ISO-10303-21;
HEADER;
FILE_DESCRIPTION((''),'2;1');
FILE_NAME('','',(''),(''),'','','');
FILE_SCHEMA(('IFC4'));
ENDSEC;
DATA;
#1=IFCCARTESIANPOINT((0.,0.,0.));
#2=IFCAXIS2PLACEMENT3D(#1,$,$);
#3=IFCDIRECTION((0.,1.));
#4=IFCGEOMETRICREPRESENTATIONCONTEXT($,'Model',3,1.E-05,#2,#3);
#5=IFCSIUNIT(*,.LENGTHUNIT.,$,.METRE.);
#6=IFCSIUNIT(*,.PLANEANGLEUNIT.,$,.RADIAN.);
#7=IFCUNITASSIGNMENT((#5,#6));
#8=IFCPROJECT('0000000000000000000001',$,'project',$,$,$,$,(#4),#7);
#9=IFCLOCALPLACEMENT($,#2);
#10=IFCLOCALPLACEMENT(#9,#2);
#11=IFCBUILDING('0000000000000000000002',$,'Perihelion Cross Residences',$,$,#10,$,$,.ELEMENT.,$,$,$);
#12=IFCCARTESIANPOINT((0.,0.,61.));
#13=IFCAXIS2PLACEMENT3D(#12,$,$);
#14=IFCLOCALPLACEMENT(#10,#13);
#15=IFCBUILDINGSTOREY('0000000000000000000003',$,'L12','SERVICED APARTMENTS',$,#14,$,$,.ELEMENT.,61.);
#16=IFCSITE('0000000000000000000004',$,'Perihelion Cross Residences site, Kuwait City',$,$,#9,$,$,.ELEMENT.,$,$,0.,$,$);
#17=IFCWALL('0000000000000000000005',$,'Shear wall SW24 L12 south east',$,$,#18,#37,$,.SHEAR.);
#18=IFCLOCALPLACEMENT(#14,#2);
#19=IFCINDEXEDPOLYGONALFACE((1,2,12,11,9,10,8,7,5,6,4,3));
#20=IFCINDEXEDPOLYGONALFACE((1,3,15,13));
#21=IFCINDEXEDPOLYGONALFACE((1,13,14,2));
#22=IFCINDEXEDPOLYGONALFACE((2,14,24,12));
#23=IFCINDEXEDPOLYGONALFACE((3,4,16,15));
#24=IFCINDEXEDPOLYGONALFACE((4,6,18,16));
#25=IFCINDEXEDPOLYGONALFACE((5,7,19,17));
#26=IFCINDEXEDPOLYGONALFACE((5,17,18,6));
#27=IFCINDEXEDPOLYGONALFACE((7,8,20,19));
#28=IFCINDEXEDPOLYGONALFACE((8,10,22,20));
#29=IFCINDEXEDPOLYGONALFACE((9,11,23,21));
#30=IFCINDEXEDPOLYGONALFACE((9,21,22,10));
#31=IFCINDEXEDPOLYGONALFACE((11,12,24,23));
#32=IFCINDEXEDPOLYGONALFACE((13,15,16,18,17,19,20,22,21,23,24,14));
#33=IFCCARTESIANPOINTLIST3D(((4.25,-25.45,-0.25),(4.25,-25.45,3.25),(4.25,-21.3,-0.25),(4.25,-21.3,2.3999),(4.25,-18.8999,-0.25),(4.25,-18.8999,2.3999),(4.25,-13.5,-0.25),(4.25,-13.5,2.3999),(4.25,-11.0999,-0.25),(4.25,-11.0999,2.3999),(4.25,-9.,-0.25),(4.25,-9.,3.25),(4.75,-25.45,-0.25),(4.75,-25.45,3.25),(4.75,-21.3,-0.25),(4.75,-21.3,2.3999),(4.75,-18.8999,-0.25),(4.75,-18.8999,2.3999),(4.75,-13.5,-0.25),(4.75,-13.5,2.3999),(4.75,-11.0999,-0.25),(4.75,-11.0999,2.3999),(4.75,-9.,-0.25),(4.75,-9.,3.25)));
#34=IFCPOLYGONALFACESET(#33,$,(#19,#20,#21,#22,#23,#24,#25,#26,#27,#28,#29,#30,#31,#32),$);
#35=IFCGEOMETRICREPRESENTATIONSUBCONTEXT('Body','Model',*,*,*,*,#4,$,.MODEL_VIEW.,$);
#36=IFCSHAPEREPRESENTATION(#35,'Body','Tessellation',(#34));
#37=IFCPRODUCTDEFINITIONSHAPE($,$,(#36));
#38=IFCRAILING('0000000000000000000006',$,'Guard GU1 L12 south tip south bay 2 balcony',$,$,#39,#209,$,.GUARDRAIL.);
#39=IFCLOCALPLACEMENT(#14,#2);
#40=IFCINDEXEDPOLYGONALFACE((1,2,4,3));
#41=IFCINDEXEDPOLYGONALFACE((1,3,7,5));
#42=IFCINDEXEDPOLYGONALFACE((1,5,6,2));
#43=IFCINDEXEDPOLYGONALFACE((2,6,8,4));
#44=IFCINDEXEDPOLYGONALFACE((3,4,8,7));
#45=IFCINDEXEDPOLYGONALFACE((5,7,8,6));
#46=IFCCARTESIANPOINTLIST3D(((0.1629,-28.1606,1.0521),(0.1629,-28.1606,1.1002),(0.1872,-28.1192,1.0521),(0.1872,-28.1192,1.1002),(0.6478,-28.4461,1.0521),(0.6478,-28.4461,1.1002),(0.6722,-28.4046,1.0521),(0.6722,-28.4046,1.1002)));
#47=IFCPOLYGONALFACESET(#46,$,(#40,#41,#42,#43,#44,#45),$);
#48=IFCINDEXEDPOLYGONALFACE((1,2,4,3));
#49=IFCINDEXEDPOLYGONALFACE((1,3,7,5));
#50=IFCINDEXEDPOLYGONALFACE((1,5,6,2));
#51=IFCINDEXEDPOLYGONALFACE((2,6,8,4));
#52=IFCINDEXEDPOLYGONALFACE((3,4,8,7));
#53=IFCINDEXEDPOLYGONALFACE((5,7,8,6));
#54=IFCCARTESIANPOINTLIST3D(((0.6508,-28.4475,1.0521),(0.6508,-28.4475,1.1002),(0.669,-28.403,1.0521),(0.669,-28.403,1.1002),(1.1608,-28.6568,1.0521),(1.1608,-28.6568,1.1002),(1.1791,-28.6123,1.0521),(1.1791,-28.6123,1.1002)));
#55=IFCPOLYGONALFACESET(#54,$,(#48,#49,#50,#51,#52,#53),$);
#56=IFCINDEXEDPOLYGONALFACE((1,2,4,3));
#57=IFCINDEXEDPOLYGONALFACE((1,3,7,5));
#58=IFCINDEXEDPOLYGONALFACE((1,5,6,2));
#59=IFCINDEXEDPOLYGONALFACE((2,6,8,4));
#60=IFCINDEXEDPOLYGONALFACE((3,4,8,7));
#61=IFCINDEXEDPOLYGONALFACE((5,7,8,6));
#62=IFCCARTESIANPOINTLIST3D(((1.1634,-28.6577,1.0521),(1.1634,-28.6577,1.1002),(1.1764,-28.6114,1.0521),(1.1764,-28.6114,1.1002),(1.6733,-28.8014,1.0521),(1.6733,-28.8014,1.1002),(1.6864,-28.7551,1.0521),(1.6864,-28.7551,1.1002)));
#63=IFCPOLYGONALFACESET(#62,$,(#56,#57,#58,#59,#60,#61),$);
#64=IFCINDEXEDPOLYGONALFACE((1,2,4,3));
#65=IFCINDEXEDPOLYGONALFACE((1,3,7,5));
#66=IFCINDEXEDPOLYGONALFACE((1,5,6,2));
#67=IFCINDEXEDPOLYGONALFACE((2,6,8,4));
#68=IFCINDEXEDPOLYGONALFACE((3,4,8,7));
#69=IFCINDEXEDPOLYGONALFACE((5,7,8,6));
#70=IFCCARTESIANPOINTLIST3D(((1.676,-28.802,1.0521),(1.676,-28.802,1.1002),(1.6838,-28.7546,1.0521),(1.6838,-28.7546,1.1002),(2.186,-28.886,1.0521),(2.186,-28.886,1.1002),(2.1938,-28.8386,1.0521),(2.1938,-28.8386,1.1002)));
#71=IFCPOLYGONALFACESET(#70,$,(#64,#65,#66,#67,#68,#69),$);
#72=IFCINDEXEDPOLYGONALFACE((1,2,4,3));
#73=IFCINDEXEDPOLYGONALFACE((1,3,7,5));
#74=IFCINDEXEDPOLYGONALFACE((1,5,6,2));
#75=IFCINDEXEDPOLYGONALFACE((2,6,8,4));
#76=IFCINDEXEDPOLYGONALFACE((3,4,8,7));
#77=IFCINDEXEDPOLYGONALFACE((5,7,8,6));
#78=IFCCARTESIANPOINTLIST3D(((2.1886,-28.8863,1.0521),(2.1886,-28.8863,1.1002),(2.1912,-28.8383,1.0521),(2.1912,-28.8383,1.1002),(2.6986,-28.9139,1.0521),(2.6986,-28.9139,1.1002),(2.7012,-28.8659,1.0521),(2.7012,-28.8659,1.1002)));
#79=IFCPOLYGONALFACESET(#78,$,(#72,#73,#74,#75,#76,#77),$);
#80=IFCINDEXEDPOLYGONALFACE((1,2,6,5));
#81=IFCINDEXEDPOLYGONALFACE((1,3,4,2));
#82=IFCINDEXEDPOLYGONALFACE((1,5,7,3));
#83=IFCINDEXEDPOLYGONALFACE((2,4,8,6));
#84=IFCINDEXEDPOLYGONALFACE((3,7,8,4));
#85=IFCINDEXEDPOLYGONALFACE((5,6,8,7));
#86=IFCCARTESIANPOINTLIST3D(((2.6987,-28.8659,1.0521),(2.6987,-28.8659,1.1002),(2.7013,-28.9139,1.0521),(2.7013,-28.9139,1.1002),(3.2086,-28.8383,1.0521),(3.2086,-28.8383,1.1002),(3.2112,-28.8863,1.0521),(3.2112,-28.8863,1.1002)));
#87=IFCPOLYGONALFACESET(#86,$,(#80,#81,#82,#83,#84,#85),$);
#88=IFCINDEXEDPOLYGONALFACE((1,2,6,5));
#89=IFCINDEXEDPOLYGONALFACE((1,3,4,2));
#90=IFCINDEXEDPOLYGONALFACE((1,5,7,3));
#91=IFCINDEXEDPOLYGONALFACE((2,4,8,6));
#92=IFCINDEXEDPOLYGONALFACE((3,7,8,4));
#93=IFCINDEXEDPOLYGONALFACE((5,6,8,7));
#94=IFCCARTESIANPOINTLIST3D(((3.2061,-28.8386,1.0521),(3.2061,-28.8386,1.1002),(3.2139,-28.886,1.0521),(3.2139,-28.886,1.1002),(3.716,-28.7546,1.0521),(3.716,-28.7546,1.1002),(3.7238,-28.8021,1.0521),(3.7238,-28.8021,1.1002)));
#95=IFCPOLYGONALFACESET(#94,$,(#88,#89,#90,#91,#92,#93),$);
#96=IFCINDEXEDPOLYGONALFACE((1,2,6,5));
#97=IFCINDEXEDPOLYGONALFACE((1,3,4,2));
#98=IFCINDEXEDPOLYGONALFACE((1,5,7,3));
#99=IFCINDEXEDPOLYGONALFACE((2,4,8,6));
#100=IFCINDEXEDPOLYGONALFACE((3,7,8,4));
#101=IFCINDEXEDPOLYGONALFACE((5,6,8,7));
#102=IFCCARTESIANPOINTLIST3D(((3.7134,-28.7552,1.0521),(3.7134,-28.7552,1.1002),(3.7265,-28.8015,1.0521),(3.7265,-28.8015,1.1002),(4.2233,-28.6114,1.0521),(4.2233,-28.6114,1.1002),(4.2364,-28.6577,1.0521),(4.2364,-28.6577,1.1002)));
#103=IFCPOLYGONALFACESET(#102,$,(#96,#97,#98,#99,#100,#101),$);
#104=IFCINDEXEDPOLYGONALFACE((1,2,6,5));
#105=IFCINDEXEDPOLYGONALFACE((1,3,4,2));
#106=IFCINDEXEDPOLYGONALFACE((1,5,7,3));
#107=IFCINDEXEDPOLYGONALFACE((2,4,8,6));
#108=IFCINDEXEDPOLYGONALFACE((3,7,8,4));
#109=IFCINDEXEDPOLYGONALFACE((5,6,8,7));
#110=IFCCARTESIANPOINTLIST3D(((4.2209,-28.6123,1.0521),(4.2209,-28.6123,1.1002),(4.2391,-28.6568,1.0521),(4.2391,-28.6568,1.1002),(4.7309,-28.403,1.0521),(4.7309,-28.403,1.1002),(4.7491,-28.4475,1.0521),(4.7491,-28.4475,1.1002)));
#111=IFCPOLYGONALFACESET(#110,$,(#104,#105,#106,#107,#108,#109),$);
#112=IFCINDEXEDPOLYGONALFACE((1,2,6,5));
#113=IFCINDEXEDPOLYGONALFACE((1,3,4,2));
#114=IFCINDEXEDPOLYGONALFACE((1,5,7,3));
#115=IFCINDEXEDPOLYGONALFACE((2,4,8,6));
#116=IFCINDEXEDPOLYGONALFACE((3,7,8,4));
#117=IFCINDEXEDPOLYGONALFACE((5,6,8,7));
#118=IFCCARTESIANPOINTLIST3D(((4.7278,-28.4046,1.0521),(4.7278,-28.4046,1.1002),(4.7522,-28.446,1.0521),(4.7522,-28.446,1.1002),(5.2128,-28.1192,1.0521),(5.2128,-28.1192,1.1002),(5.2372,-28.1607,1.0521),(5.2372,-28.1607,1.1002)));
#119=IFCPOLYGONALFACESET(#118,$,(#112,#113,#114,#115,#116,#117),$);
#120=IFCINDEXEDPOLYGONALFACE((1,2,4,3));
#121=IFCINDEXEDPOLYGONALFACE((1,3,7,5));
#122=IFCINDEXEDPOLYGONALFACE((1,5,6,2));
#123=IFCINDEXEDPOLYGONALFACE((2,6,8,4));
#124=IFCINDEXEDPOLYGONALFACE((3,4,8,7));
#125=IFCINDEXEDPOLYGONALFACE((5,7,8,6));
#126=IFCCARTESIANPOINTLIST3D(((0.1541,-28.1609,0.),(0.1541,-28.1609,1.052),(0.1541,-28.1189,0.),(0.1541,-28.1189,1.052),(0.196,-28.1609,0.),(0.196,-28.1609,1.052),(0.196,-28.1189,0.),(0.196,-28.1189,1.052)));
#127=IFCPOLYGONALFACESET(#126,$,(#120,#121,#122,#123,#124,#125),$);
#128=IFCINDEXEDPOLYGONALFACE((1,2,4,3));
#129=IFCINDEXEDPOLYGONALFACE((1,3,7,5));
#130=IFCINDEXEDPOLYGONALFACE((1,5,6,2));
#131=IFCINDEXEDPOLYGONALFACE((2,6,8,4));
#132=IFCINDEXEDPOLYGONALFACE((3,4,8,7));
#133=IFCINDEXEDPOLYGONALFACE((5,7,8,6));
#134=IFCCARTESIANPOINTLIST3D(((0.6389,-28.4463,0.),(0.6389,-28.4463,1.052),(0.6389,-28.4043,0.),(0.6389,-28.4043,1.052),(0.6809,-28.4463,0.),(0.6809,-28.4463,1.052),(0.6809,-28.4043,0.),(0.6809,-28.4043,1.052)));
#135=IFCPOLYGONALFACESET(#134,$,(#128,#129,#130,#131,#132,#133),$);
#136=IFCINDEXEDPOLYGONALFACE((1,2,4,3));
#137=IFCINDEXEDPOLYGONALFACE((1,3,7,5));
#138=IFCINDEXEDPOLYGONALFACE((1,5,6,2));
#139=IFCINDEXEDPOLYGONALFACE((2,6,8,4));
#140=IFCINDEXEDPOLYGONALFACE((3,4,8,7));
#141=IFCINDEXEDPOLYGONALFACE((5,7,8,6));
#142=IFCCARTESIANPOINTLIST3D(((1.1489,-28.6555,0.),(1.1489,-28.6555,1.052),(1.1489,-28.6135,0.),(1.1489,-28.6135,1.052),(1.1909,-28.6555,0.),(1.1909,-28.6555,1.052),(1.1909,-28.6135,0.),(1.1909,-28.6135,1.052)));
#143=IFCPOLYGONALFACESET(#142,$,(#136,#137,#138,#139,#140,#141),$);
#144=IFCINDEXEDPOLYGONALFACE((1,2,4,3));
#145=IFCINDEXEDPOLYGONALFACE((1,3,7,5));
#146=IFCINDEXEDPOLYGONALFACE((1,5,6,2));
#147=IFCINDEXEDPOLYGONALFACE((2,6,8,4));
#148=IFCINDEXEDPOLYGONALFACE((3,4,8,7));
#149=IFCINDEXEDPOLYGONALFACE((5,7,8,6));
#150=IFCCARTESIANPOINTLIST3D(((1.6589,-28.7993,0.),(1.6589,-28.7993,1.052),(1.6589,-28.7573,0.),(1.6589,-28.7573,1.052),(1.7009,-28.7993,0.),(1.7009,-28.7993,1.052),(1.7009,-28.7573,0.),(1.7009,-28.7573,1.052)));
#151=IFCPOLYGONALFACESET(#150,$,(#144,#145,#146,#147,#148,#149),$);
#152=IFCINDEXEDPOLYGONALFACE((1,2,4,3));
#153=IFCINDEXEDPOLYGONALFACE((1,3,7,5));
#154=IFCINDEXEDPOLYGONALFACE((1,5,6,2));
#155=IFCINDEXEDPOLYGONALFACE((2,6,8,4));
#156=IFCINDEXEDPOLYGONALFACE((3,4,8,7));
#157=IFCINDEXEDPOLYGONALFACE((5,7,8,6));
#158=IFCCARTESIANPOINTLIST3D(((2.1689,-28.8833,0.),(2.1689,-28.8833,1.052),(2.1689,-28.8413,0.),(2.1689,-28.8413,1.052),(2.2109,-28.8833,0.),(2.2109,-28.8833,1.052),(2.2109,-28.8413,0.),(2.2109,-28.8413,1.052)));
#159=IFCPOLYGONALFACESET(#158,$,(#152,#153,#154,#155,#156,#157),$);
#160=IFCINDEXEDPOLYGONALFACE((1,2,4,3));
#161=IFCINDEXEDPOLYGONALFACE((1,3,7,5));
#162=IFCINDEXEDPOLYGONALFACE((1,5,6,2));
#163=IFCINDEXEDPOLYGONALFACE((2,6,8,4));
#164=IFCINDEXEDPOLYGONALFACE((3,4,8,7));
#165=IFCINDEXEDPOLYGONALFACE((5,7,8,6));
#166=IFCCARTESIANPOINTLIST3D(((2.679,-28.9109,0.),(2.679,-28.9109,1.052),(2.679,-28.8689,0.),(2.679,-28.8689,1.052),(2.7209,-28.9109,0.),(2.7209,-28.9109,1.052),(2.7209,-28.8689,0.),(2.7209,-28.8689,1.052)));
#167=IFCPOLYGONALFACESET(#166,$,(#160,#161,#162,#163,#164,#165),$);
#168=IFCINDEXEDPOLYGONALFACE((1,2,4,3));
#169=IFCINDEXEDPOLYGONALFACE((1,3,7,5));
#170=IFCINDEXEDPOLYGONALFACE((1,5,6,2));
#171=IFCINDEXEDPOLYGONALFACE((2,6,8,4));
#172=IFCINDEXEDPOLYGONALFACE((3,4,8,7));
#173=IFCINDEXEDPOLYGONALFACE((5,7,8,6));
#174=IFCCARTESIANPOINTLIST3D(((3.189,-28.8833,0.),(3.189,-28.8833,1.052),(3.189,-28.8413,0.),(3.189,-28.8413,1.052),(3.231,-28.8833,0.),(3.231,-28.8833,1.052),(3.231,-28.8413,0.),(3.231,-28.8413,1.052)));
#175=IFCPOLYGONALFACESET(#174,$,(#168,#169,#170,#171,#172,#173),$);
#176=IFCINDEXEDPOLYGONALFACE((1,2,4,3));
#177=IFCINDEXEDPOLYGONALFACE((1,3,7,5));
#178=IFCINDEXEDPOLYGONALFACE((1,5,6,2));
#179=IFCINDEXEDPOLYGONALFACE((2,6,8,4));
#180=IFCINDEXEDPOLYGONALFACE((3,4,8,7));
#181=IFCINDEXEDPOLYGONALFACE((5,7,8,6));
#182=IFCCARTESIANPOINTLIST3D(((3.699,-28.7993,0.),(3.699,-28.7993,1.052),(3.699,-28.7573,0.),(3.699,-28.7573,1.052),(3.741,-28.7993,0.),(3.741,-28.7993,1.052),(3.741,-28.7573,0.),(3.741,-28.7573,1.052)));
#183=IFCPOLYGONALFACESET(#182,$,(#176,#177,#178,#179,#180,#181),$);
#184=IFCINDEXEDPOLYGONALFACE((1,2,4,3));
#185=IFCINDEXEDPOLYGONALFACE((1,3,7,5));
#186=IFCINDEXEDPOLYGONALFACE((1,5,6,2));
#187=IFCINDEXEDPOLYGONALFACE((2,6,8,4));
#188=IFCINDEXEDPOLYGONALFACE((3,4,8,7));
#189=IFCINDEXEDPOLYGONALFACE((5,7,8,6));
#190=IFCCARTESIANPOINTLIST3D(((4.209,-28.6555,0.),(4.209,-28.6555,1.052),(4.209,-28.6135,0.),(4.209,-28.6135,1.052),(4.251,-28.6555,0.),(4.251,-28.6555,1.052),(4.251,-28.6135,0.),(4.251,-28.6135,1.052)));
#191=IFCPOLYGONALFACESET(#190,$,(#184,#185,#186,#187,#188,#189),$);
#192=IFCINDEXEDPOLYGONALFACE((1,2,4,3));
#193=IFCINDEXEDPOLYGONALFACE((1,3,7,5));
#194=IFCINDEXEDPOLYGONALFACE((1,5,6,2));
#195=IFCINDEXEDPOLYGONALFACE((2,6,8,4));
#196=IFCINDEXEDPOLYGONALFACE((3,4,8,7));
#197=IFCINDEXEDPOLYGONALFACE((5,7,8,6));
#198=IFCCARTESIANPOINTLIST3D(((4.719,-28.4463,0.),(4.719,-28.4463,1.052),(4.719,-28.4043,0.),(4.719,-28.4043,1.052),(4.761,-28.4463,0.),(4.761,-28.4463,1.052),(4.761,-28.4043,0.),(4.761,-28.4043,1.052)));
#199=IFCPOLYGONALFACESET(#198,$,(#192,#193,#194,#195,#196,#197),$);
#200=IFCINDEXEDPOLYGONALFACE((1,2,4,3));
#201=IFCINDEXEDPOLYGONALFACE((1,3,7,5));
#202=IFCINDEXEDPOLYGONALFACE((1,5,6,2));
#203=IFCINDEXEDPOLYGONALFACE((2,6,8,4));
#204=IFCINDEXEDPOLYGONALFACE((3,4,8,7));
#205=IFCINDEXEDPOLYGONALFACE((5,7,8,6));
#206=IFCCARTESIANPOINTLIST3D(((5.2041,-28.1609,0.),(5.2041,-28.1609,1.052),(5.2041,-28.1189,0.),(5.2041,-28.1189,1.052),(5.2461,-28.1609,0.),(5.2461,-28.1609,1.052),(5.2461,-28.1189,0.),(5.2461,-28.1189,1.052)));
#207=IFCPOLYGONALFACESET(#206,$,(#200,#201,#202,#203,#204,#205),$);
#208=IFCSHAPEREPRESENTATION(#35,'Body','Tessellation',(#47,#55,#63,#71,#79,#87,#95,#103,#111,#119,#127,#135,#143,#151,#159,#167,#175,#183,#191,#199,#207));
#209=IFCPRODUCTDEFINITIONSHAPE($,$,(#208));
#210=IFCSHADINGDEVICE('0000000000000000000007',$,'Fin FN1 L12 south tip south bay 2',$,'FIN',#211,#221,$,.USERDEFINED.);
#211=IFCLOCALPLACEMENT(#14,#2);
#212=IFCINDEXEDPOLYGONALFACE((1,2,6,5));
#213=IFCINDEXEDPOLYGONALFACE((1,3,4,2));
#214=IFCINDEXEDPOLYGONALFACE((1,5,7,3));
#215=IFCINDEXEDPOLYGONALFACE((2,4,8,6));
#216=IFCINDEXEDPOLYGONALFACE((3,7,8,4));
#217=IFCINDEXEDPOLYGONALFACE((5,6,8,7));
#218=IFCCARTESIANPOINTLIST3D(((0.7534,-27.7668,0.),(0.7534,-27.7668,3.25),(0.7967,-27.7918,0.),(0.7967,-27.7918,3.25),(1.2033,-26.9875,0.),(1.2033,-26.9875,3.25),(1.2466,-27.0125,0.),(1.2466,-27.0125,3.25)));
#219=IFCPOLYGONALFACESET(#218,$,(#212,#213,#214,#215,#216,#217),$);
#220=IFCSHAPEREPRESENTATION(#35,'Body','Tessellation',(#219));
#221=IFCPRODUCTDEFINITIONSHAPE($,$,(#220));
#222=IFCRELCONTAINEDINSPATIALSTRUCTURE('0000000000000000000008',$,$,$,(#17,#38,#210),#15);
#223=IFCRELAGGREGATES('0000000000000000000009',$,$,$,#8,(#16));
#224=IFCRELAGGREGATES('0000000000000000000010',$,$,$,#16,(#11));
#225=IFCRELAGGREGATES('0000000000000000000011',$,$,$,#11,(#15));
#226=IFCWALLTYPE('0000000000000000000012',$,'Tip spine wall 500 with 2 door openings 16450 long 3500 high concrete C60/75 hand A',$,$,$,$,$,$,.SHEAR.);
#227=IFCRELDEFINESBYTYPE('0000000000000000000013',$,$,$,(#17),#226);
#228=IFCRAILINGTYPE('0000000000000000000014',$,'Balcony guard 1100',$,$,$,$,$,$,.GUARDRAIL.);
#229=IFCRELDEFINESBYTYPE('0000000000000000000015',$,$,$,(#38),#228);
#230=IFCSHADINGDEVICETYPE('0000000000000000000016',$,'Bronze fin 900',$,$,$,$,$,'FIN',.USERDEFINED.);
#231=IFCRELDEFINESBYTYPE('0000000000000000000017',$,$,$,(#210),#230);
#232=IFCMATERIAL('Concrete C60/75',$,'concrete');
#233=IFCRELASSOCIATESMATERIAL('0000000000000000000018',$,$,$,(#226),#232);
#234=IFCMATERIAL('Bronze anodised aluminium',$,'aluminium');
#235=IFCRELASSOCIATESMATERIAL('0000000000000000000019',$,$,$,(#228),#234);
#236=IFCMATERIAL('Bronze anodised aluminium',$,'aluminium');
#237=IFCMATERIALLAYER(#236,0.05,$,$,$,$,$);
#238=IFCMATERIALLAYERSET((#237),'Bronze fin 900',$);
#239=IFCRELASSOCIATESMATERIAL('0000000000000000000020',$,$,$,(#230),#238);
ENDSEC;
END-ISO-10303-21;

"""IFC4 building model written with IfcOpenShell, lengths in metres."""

from ifc_helpers import new_model, si_unit, direction, frame, origin, origin_2d, place, context, subcontext, project, spatial, polyline, rectangle, outline, extrude, material, layer, layer_set, material_profile, profile_set, type_object, element, save


model = new_model("IFC4")

# Units and contexts
model_context = context("Model", 3, precision=1e-05, world=origin(), true_north=direction((0.0, 1.0)))
body_context = subcontext(model_context, "Body", "Model", "MODEL_VIEW")
ifc_project = project(units=[si_unit("LENGTHUNIT", "METRE"), si_unit("PLANEANGLEUNIT", "RADIAN")], contexts=[model_context])

# Site, building, storey
site_placement = place(None, origin())
site = spatial("IfcSite", under=ifc_project, at=site_placement, Name="Perihelion Cross Residences site, Kuwait City", CompositionType="ELEMENT", RefElevation=0.0)
building_placement = place(site_placement, origin())
building = spatial("IfcBuilding", under=site, at=building_placement, Name="Perihelion Cross Residences", CompositionType="ELEMENT")
storey_placement = place(building_placement, frame((0.0, 0.0, 61.0)))
storey = spatial("IfcBuildingStorey", under=building, at=storey_placement, Name="L12", Description="SERVICED APARTMENTS", CompositionType="ELEMENT", Elevation=61.0)

# Wall
ifc_material_1 = material(Name="Concrete C60/75", Category="concrete")
ifc_material_profile_1 = material_profile(ifc_material_1, outline(polyline([(0.0, 0.0), (4.1499, 0.0), (4.1499, 2.6499), (6.55, 2.6499), (6.55, 0.0), (11.95, 0.0), (11.95, 2.6499), (14.3501, 2.6499), (14.3501, 0.0), (16.45, 0.0), (16.45, 3.5), (0.0, 3.5), (0.0, 0.0)])), Name="Tip spine wall")
ifc_profile_set_1 = profile_set([ifc_material_profile_1], Name="Concrete C60/75")
wall_type_1 = type_object("IfcWallType", Name="Tip spine wall 500 with 2 door openings 16450 long 3500 high concrete C60/75 hand A", PredefinedType="SHEAR", material=ifc_profile_set_1)
wall_1_placement = place(storey_placement, frame((4.25, -25.45, -0.25), z_axis=(1.0, 0.0, 0.0), x_axis=(0.0, 1.0, 0.0)))
element("IfcWall", 1, at=wall_1_placement, inside=storey, type_object=wall_type_1, Name="Shear wall SW24 L12 south east", PredefinedType="SHEAR", context=body_context, shape_type="SweptSolid", body=[
    extrude(outline(polyline([(0.0, 0.0), (4.1499, 0.0), (4.1499, 2.6499), (6.55, 2.6499), (6.55, 0.0), (11.95, 0.0), (11.95, 2.6499), (14.3501, 2.6499), (14.3501, 0.0), (16.45, 0.0), (16.45, 3.5), (0.0, 3.5), (0.0, 0.0)])), origin(), (0.0, 0.0, 1.0), 0.5),
])

# Railing
ifc_material_2 = material(Name="Bronze anodised aluminium", Category="aluminium")
railing_type = type_object("IfcRailingType", Name="Balcony guard 1100", PredefinedType="GUARDRAIL", material=ifc_material_2)
railing_placement = place(storey_placement, frame((0.175, -28.1399, 0.0)))
element("IfcRailing", 2, at=railing_placement, inside=storey, type_object=railing_type, Name="Guard GU1 L12 south tip south bay 2 balcony", PredefinedType="GUARDRAIL", context=body_context, shape_type="SweptSolid", body=[
    extrude(rectangle(XDim=0.0481, YDim=0.0481, at=origin_2d()), frame((0.0, 0.0, 1.0762), z_axis=(0.861789, -0.507267, 0.0), x_axis=(0.507267, 0.861789, 0.0)), (0.0, 0.0, 1.0), 0.5627),
    extrude(rectangle(XDim=0.0481, YDim=0.0481, at=origin_2d()), frame((0.4849, -0.2854, 1.0762), z_axis=(0.925173, -0.379547, 0.0), x_axis=(0.379547, 0.925173, 0.0)), (0.0, 0.0, 1.0), 0.5513),
    extrude(rectangle(XDim=0.0481, YDim=0.0481, at=origin_2d()), frame((0.9949, -0.4946, 1.0762), z_axis=(0.962474, -0.271373, 0.0), x_axis=(0.271373, 0.962474, 0.0)), (0.0, 0.0, 1.0), 0.5298),
    extrude(rectangle(XDim=0.0481, YDim=0.0481, at=origin_2d()), frame((1.5049, -0.6384, 1.0762), z_axis=(0.986711, -0.162484, 0.0), x_axis=(0.162484, 0.986711, 0.0)), (0.0, 0.0, 1.0), 0.5168),
    extrude(rectangle(XDim=0.0481, YDim=0.0481, at=origin_2d()), frame((2.0149, -0.7224, 1.0762), z_axis=(0.99854, -0.054014, 0.0), x_axis=(0.054014, 0.99854, 0.0)), (0.0, 0.0, 1.0), 0.5107),
    extrude(rectangle(XDim=0.0481, YDim=0.0481, at=origin_2d()), frame((2.5249, -0.75, 1.0762), z_axis=(0.99854, 0.054014, 0.0), x_axis=(-0.054014, 0.99854, 0.0)), (0.0, 0.0, 1.0), 0.5107),
    extrude(rectangle(XDim=0.0481, YDim=0.0481, at=origin_2d()), frame((3.0349, -0.7224, 1.0762), z_axis=(0.986711, 0.162484, 0.0), x_axis=(-0.162484, 0.986711, 0.0)), (0.0, 0.0, 1.0), 0.5168),
    extrude(rectangle(XDim=0.0481, YDim=0.0481, at=origin_2d()), frame((3.5449, -0.6384, 1.0762), z_axis=(0.962474, 0.271373, 0.0), x_axis=(-0.271373, 0.962474, 0.0)), (0.0, 0.0, 1.0), 0.5298),
    extrude(rectangle(XDim=0.0481, YDim=0.0481, at=origin_2d()), frame((4.0549, -0.4946, 1.0762), z_axis=(0.925173, 0.379547, 0.0), x_axis=(-0.379547, 0.925173, 0.0)), (0.0, 0.0, 1.0), 0.5513),
    extrude(rectangle(XDim=0.0481, YDim=0.0481, at=origin_2d()), frame((4.5649, -0.2854, 1.0762), z_axis=(0.861901, 0.507077, 0.0), x_axis=(-0.507077, 0.861901, 0.0)), (0.0, 0.0, 1.0), 0.5627),
    extrude(rectangle(XDim=0.042, YDim=0.042, at=origin_2d()), origin(), (0.0, 0.0, 1.0), 1.052),
    extrude(rectangle(XDim=0.042, YDim=0.042, at=origin_2d()), frame((0.4849, -0.2854, 0.0)), (0.0, 0.0, 1.0), 1.052),
    extrude(rectangle(XDim=0.042, YDim=0.042, at=origin_2d()), frame((0.9949, -0.4946, 0.0)), (0.0, 0.0, 1.0), 1.052),
    extrude(rectangle(XDim=0.042, YDim=0.042, at=origin_2d()), frame((1.5049, -0.6384, 0.0)), (0.0, 0.0, 1.0), 1.052),
    extrude(rectangle(XDim=0.042, YDim=0.042, at=origin_2d()), frame((2.0149, -0.7224, 0.0)), (0.0, 0.0, 1.0), 1.052),
    extrude(rectangle(XDim=0.042, YDim=0.042, at=origin_2d()), frame((2.5249, -0.75, 0.0)), (0.0, 0.0, 1.0), 1.052),
    extrude(rectangle(XDim=0.042, YDim=0.042, at=origin_2d()), frame((3.0349, -0.7224, 0.0)), (0.0, 0.0, 1.0), 1.052),
    extrude(rectangle(XDim=0.042, YDim=0.042, at=origin_2d()), frame((3.5449, -0.6384, 0.0)), (0.0, 0.0, 1.0), 1.052),
    extrude(rectangle(XDim=0.042, YDim=0.042, at=origin_2d()), frame((4.0549, -0.4946, 0.0)), (0.0, 0.0, 1.0), 1.052),
    extrude(rectangle(XDim=0.042, YDim=0.042, at=origin_2d()), frame((4.5649, -0.2854, 0.0)), (0.0, 0.0, 1.0), 1.052),
    extrude(rectangle(XDim=0.042, YDim=0.042, at=origin_2d()), frame((5.05, 0.0, 0.0)), (0.0, 0.0, 1.0), 1.052),
])

# Shading device
ifc_material_3 = material(Name="Bronze anodised aluminium", Category="aluminium")
ifc_layer_1 = layer(ifc_material_3, 0.05)
ifc_layer_set_1 = layer_set([ifc_layer_1], Name="Bronze fin 900")
shading_device_type = type_object("IfcShadingDeviceType", Name="Bronze fin 900", ElementType="FIN", PredefinedType="USERDEFINED", material=ifc_layer_set_1)
shading_device_placement = place(storey_placement, frame((1.0, -27.3896, 0.0), z_axis=(0.0, 0.0, 1.0), x_axis=(-0.5, -0.866025, 0.0)))
element("IfcShadingDevice", 3, at=shading_device_placement, inside=storey, type_object=shading_device_type, Name="Fin FN1 L12 south tip south bay 2", ObjectType="FIN", PredefinedType="USERDEFINED", context=body_context, shape_type="SweptSolid", body=[
    extrude(rectangle(XDim=0.8999, YDim=0.05, at=origin_2d()), origin(), (0.0, 0.0, 1.0), 3.25),
])

save(model, "model.ifc")
